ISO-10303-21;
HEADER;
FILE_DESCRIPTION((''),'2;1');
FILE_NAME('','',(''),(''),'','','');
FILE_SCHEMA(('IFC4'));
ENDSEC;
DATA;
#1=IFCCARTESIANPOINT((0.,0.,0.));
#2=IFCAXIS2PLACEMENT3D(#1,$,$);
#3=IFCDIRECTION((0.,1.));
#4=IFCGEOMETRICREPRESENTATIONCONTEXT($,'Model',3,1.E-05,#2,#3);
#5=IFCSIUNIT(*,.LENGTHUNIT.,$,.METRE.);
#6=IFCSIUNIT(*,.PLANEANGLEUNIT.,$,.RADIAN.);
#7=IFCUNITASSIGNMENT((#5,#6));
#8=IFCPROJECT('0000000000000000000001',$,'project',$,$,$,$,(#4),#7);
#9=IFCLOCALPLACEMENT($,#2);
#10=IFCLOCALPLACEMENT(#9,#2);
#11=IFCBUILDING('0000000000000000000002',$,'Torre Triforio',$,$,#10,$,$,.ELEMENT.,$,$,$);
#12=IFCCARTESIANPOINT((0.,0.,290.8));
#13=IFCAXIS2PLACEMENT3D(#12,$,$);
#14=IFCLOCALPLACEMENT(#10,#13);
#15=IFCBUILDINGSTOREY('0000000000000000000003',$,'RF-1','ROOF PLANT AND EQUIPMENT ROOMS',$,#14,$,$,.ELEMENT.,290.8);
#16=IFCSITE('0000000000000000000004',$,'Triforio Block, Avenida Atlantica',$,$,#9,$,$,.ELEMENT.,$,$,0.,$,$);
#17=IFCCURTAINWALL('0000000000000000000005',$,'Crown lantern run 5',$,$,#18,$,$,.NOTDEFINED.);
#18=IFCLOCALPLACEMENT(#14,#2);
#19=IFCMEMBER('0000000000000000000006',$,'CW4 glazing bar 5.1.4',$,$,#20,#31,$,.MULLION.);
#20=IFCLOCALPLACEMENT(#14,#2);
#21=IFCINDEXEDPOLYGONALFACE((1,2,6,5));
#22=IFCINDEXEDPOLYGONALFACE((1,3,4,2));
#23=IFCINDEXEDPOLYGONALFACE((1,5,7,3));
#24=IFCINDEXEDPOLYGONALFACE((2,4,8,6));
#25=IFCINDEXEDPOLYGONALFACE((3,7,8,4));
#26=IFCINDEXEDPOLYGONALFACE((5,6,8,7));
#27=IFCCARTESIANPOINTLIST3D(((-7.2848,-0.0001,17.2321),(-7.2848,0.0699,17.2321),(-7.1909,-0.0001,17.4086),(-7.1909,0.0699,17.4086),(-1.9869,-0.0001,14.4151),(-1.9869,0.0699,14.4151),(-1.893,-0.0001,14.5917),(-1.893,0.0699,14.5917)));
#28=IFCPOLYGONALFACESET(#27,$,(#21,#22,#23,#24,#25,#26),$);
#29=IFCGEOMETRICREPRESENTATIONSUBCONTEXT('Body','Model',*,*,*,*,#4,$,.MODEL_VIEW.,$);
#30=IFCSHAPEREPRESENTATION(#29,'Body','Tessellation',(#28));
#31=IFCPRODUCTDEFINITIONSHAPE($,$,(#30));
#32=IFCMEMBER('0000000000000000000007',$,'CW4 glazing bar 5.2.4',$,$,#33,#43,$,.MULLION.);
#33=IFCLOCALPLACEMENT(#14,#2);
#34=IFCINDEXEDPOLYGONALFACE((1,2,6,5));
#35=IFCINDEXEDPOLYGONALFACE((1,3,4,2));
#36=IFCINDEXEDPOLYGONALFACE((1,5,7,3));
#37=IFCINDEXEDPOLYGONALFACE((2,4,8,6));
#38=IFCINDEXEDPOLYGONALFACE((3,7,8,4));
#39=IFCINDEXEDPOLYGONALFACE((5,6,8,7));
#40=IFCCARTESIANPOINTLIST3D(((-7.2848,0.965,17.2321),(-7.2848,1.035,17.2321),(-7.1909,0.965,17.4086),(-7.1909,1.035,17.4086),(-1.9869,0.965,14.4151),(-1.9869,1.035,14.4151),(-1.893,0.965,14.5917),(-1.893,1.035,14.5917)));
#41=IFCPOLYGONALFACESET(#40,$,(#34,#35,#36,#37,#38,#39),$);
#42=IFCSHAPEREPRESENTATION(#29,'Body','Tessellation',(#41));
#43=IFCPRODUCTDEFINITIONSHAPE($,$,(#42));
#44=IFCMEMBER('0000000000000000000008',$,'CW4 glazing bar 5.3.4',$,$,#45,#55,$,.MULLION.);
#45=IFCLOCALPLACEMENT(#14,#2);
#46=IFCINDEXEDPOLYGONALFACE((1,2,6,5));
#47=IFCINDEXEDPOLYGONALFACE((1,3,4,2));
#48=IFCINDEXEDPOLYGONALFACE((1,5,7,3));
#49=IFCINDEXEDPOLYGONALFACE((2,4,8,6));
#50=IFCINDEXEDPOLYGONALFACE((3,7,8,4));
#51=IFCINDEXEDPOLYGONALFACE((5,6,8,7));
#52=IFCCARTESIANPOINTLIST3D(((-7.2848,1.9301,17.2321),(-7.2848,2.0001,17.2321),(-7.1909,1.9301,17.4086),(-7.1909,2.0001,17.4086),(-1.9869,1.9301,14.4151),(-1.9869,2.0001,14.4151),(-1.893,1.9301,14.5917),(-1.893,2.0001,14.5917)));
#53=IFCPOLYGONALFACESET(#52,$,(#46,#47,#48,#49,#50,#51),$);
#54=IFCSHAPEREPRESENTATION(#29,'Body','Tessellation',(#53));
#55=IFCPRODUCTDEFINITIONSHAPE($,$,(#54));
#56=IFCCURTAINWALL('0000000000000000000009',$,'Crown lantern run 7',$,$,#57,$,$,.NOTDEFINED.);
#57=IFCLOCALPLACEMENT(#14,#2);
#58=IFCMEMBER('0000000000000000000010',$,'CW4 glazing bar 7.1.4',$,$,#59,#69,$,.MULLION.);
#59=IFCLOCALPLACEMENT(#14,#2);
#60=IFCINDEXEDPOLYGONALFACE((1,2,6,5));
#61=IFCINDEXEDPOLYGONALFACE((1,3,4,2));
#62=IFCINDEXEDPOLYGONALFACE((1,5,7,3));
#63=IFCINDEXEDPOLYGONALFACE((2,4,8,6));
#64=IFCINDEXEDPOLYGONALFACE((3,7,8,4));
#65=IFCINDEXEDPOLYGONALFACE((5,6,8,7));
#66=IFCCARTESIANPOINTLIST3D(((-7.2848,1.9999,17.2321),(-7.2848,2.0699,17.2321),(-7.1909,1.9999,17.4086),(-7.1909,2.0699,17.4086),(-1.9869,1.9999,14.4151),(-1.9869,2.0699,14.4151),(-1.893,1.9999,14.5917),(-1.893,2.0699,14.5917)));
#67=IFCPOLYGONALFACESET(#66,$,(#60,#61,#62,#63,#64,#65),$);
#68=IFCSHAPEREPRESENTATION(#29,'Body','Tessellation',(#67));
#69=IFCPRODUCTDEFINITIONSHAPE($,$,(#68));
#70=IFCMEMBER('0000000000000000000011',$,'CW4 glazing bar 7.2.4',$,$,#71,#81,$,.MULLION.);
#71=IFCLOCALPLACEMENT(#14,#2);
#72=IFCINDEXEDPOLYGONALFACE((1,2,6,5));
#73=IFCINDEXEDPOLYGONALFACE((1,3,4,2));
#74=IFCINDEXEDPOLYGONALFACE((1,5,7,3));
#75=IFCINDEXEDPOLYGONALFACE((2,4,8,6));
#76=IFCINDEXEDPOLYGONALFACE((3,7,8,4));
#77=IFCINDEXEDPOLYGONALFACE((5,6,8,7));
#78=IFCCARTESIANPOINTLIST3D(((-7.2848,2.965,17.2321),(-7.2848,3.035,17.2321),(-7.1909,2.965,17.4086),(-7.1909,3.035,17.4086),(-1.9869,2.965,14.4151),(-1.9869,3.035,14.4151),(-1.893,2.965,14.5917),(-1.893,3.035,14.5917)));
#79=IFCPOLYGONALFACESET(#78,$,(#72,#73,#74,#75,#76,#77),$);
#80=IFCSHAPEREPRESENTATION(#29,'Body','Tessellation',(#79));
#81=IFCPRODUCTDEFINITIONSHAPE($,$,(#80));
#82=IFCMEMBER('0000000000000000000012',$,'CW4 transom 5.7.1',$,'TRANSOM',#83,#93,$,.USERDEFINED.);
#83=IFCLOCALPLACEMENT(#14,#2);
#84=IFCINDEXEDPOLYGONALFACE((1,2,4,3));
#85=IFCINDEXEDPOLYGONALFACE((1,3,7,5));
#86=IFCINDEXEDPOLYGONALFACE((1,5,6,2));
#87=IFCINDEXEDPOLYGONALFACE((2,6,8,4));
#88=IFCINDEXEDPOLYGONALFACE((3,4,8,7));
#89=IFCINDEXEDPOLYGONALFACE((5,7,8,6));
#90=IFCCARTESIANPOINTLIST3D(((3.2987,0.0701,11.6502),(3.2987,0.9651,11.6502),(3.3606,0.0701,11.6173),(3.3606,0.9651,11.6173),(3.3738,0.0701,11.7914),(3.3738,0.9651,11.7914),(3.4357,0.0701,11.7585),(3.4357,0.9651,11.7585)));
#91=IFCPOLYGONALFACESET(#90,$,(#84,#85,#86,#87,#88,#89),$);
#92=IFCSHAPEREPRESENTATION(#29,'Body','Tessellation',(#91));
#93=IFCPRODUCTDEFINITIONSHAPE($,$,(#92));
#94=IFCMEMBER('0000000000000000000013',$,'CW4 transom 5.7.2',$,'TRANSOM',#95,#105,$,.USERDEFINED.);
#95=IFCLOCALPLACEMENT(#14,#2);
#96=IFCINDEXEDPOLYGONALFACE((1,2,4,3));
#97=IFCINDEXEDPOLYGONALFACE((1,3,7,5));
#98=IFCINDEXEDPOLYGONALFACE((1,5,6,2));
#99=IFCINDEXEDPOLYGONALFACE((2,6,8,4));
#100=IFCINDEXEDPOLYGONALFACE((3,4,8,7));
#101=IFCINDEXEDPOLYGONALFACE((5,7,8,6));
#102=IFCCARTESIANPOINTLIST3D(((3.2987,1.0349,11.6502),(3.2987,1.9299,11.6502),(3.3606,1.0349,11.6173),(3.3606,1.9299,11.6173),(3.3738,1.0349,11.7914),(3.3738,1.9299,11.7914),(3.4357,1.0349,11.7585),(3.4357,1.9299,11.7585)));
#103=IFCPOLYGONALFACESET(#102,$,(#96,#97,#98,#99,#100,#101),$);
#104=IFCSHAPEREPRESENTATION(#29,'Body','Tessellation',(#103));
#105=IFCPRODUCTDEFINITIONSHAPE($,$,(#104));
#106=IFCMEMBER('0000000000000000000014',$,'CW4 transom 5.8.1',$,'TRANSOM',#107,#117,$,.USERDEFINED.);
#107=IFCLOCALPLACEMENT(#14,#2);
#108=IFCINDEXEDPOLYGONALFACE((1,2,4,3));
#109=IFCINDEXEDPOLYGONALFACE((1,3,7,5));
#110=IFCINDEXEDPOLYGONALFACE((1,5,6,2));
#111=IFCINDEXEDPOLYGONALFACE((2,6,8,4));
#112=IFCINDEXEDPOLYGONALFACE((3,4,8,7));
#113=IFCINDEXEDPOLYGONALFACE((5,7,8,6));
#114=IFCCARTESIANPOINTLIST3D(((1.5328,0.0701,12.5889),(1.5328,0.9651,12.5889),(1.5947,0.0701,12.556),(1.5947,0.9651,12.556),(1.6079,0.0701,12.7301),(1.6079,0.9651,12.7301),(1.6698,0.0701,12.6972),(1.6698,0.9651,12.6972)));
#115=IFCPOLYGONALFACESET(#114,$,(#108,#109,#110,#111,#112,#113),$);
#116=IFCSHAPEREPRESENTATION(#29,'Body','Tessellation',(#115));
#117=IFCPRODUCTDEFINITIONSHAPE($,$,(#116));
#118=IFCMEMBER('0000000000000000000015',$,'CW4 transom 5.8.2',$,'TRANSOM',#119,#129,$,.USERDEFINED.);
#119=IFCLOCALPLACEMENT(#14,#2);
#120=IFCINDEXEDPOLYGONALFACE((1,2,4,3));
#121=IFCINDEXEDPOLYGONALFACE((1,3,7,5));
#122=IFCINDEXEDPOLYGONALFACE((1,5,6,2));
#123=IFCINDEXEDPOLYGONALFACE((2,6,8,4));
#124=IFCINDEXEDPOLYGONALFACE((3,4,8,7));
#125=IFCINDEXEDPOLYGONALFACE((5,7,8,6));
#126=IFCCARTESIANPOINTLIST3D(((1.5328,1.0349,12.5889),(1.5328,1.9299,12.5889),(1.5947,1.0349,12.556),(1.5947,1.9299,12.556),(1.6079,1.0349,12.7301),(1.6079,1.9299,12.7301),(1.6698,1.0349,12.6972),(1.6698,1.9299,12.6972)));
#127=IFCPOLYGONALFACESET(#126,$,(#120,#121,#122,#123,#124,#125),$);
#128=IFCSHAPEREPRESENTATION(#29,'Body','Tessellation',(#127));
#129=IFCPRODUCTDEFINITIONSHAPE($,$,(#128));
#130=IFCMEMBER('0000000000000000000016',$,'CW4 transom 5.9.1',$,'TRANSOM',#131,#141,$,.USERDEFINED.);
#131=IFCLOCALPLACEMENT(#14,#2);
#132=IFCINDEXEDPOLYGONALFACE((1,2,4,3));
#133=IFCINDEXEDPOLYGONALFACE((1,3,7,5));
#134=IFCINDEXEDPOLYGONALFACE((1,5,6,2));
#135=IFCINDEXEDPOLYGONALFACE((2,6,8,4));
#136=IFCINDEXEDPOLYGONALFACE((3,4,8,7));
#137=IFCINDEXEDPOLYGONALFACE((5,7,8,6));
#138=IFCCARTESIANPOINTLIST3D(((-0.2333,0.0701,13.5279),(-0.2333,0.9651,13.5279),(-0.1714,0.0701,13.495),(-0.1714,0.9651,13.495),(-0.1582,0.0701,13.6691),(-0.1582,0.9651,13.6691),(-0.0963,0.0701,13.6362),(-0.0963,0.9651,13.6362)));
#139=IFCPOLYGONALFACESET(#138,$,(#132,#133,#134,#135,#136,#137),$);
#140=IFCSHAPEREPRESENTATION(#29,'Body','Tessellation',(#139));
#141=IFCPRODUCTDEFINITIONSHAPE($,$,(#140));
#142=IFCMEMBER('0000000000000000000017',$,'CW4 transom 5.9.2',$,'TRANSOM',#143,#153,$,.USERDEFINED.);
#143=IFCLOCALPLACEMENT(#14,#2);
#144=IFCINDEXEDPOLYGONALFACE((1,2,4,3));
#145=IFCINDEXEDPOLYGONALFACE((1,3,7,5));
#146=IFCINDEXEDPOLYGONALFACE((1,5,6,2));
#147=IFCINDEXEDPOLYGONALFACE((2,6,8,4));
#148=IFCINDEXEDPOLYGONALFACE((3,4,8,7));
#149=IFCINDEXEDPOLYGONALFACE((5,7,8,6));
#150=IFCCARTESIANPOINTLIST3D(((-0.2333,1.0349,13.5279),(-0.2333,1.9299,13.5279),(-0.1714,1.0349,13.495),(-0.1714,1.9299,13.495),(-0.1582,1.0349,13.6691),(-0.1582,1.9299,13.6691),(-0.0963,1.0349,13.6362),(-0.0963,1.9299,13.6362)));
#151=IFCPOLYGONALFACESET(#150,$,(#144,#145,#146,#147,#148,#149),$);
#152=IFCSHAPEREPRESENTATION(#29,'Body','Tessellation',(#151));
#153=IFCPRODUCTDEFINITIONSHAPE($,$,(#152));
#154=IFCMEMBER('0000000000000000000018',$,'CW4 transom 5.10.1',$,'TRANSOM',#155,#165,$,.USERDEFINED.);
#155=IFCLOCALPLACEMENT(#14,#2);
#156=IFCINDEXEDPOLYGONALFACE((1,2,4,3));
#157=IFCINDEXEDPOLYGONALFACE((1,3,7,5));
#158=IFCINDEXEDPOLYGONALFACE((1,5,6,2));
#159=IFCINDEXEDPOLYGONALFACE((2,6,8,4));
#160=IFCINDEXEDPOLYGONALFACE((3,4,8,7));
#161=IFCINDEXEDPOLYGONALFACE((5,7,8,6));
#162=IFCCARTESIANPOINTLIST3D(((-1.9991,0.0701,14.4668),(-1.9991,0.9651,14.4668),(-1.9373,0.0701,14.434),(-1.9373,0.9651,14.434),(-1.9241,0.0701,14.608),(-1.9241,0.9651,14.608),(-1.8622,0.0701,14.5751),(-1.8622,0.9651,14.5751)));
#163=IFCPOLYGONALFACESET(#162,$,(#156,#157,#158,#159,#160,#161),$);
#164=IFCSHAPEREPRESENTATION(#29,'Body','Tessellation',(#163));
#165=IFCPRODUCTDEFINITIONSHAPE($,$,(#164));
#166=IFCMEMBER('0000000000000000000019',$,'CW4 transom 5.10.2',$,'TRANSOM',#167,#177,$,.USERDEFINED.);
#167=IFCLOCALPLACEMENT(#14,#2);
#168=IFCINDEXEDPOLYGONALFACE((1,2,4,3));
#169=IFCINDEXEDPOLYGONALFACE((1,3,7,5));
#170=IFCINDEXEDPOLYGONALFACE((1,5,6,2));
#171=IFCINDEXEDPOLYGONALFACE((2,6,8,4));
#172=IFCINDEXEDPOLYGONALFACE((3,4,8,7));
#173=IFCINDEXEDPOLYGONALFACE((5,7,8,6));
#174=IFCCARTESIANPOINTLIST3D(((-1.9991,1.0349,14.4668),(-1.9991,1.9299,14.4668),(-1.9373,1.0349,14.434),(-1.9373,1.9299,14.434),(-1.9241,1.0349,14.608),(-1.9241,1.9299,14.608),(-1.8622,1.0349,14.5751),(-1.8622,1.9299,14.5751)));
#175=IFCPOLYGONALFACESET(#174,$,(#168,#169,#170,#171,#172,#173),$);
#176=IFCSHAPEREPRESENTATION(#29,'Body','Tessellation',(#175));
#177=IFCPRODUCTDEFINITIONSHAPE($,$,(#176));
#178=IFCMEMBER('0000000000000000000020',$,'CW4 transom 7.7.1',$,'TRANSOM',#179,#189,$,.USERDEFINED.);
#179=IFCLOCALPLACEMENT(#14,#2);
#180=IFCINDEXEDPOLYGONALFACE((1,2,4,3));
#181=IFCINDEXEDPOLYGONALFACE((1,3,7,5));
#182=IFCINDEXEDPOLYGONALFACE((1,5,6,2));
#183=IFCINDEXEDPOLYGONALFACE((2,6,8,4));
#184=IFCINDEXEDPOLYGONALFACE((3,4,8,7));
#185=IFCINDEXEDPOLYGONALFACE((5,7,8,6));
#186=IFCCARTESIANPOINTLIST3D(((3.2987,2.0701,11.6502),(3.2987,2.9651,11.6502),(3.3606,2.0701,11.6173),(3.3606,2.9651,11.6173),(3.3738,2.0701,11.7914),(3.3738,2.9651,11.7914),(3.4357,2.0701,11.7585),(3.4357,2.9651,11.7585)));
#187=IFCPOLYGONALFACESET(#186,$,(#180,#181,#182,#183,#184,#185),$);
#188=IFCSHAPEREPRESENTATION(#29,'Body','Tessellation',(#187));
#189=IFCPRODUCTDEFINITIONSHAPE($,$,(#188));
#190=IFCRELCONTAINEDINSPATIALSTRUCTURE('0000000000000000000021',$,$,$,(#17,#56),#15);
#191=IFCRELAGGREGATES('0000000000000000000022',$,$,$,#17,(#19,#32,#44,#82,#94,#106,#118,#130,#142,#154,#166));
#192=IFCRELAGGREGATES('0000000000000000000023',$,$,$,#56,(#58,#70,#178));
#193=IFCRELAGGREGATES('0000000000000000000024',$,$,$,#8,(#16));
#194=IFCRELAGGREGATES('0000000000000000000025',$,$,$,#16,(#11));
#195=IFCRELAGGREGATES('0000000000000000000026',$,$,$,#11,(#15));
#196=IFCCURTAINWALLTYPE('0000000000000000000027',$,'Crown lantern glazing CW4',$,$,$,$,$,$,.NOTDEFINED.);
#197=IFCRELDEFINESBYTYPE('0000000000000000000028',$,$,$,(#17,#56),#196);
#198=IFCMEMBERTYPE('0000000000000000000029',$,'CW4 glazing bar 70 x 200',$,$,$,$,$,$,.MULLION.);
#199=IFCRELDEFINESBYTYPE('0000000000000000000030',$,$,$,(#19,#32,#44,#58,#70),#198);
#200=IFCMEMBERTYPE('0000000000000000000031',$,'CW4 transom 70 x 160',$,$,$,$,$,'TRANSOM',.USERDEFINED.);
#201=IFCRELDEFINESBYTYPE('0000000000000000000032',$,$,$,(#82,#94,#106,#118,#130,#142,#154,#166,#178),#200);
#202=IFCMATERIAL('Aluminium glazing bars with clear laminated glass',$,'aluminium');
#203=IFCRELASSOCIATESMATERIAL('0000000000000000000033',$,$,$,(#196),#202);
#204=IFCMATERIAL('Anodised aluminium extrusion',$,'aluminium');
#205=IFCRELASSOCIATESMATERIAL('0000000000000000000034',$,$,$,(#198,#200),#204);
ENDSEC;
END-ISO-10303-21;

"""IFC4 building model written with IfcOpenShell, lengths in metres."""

from ifc_helpers import new_model, si_unit, direction, frame, origin, origin_2d, place, context, subcontext, project, spatial, rectangle, extrude, material, material_profile, profile_set, type_object, element, aggregate, save


model = new_model("IFC4")

# Units and contexts
model_context = context("Model", 3, precision=1e-05, world=origin(), true_north=direction((0.0, 1.0)))
body_context = subcontext(model_context, "Body", "Model", "MODEL_VIEW")
ifc_project = project(units=[si_unit("LENGTHUNIT", "METRE"), si_unit("PLANEANGLEUNIT", "RADIAN")], contexts=[model_context])

# Site, building, storey
site_placement = place(None, origin())
site = spatial("IfcSite", under=ifc_project, at=site_placement, Name="Triforio Block, Avenida Atlantica", CompositionType="ELEMENT", RefElevation=0.0)
building_placement = place(site_placement, origin())
building = spatial("IfcBuilding", under=site, at=building_placement, Name="Torre Triforio", CompositionType="ELEMENT")
storey_placement = place(building_placement, frame((0.0, 0.0, 290.8)))
storey = spatial("IfcBuildingStorey", under=building, at=storey_placement, Name="RF-1", Description="ROOF PLANT AND EQUIPMENT ROOMS", CompositionType="ELEMENT", Elevation=290.8)

# Curtain walls, members
ifc_material_1 = material(Name="Aluminium glazing bars with clear laminated glass", Category="aluminium")
curtain_wall_type = type_object("IfcCurtainWallType", Name="Crown lantern glazing CW4", PredefinedType="NOTDEFINED", material=ifc_material_1)
curtain_wall_1_placement = place(storey_placement, origin())
curtain_wall_1 = element("IfcCurtainWall", 1, at=curtain_wall_1_placement, inside=storey, type_object=curtain_wall_type, Name="Crown lantern run 5", PredefinedType="NOTDEFINED")
ifc_material_2 = material(Name="Anodised aluminium extrusion", Category="aluminium")
ifc_material_profile_1 = material_profile(ifc_material_2, rectangle(XDim=0.0701, YDim=0.2, at=origin_2d()), Name="CW4 MULLION 70x200")
ifc_profile_set_1 = profile_set([ifc_material_profile_1], Name="Anodised aluminium extrusion")
member_type_1 = type_object("IfcMemberType", Name="CW4 glazing bar 70 x 200", PredefinedType="MULLION", material=ifc_profile_set_1)
member_1_placement = place(storey_placement, frame((-1.9399, 0.0349, 14.5034), z_axis=(-0.882949, 0.0, 0.469469), x_axis=(0.0, -1.0, 0.0)))
member_1 = element("IfcMember", 2, at=member_1_placement, type_object=member_type_1, Name="CW4 glazing bar 5.1.4", PredefinedType="MULLION", context=body_context, shape_type="SweptSolid", body=[
    extrude(rectangle(XDim=0.0701, YDim=0.2, at=origin_2d()), origin(), (0.0, 0.0, 1.0), 6.0002),
])
member_2_placement = place(storey_placement, frame((-1.9399, 1.0, 14.5034), z_axis=(-0.882949, 0.0, 0.469469), x_axis=(0.0, -1.0, 0.0)))
member_2 = element("IfcMember", 3, at=member_2_placement, type_object=member_type_1, Name="CW4 glazing bar 5.2.4", PredefinedType="MULLION", context=body_context, shape_type="SweptSolid", body=[
    extrude(rectangle(XDim=0.0701, YDim=0.2, at=origin_2d()), origin(), (0.0, 0.0, 1.0), 6.0002),
])
member_3_placement = place(storey_placement, frame((-1.9399, 1.9651, 14.5034), z_axis=(-0.882949, 0.0, 0.469469), x_axis=(0.0, -1.0, 0.0)))
member_3 = element("IfcMember", 4, at=member_3_placement, type_object=member_type_1, Name="CW4 glazing bar 5.3.4", PredefinedType="MULLION", context=body_context, shape_type="SweptSolid", body=[
    extrude(rectangle(XDim=0.0701, YDim=0.2, at=origin_2d()), origin(), (0.0, 0.0, 1.0), 6.0002),
])
curtain_wall_2_placement = place(storey_placement, origin())
curtain_wall_2 = element("IfcCurtainWall", 5, at=curtain_wall_2_placement, inside=storey, type_object=curtain_wall_type, Name="Crown lantern run 7", PredefinedType="NOTDEFINED")
member_4_placement = place(storey_placement, frame((-1.9399, 2.0349, 14.5034), z_axis=(-0.882949, 0.0, 0.469469), x_axis=(0.0, -1.0, 0.0)))
member_4 = element("IfcMember", 6, at=member_4_placement, type_object=member_type_1, Name="CW4 glazing bar 7.1.4", PredefinedType="MULLION", context=body_context, shape_type="SweptSolid", body=[
    extrude(rectangle(XDim=0.0701, YDim=0.2, at=origin_2d()), origin(), (0.0, 0.0, 1.0), 6.0002),
])
member_5_placement = place(storey_placement, frame((-1.9399, 3.0, 14.5034), z_axis=(-0.882949, 0.0, 0.469469), x_axis=(0.0, -1.0, 0.0)))
member_5 = element("IfcMember", 7, at=member_5_placement, type_object=member_type_1, Name="CW4 glazing bar 7.2.4", PredefinedType="MULLION", context=body_context, shape_type="SweptSolid", body=[
    extrude(rectangle(XDim=0.0701, YDim=0.2, at=origin_2d()), origin(), (0.0, 0.0, 1.0), 6.0002),
])

# Members
ifc_material_profile_2 = material_profile(ifc_material_2, rectangle(XDim=0.0701, YDim=0.1599, at=origin_2d()), Name="CW4 TRANSOM 70x160")
ifc_profile_set_2 = profile_set([ifc_material_profile_2], Name="Anodised aluminium extrusion")
member_type_2 = type_object("IfcMemberType", Name="CW4 transom 70 x 160", ElementType="TRANSOM", PredefinedType="USERDEFINED", material=ifc_profile_set_2)
member_6_placement = place(storey_placement, frame((3.3672, 0.0701, 11.7043), z_axis=(0.0, 1.0, 0.0), x_axis=(-0.882948, 0.0, 0.469472)))
member_6 = element("IfcMember", 8, at=member_6_placement, type_object=member_type_2, Name="CW4 transom 5.7.1", ObjectType="TRANSOM", PredefinedType="USERDEFINED", context=body_context, shape_type="SweptSolid", body=[
    extrude(rectangle(XDim=0.0701, YDim=0.1599, at=origin_2d()), origin(), (0.0, 0.0, 1.0), 0.895),
])
member_7_placement = place(storey_placement, frame((3.3672, 1.0349, 11.7043), z_axis=(0.0, 1.0, 0.0), x_axis=(-0.882948, 0.0, 0.469472)))
member_7 = element("IfcMember", 9, at=member_7_placement, type_object=member_type_2, Name="CW4 transom 5.7.2", ObjectType="TRANSOM", PredefinedType="USERDEFINED", context=body_context, shape_type="SweptSolid", body=[
    extrude(rectangle(XDim=0.0701, YDim=0.1599, at=origin_2d()), origin(), (0.0, 0.0, 1.0), 0.895),
])
member_8_placement = place(storey_placement, frame((1.6013, 0.0701, 12.6431), z_axis=(0.0, 1.0, 0.0), x_axis=(-0.882948, 0.0, 0.469472)))
member_8 = element("IfcMember", 10, at=member_8_placement, type_object=member_type_2, Name="CW4 transom 5.8.1", ObjectType="TRANSOM", PredefinedType="USERDEFINED", context=body_context, shape_type="SweptSolid", body=[
    extrude(rectangle(XDim=0.0701, YDim=0.1599, at=origin_2d()), origin(), (0.0, 0.0, 1.0), 0.895),
])
member_9_placement = place(storey_placement, frame((1.6013, 1.0349, 12.6431), z_axis=(0.0, 1.0, 0.0), x_axis=(-0.882948, 0.0, 0.469472)))
member_9 = element("IfcMember", 11, at=member_9_placement, type_object=member_type_2, Name="CW4 transom 5.8.2", ObjectType="TRANSOM", PredefinedType="USERDEFINED", context=body_context, shape_type="SweptSolid", body=[
    extrude(rectangle(XDim=0.0701, YDim=0.1599, at=origin_2d()), origin(), (0.0, 0.0, 1.0), 0.895),
])
member_10_placement = place(storey_placement, frame((-0.1648, 0.0701, 13.582), z_axis=(0.0, 1.0, 0.0), x_axis=(-0.882948, 0.0, 0.469472)))
member_10 = element("IfcMember", 12, at=member_10_placement, type_object=member_type_2, Name="CW4 transom 5.9.1", ObjectType="TRANSOM", PredefinedType="USERDEFINED", context=body_context, shape_type="SweptSolid", body=[
    extrude(rectangle(XDim=0.0701, YDim=0.1599, at=origin_2d()), origin(), (0.0, 0.0, 1.0), 0.895),
])
member_11_placement = place(storey_placement, frame((-0.1648, 1.0349, 13.582), z_axis=(0.0, 1.0, 0.0), x_axis=(-0.882948, 0.0, 0.469472)))
member_11 = element("IfcMember", 13, at=member_11_placement, type_object=member_type_2, Name="CW4 transom 5.9.2", ObjectType="TRANSOM", PredefinedType="USERDEFINED", context=body_context, shape_type="SweptSolid", body=[
    extrude(rectangle(XDim=0.0701, YDim=0.1599, at=origin_2d()), origin(), (0.0, 0.0, 1.0), 0.895),
])
member_12_placement = place(storey_placement, frame((-1.9307, 0.0701, 14.521), z_axis=(0.0, 1.0, 0.0), x_axis=(-0.882948, 0.0, 0.469472)))
member_12 = element("IfcMember", 14, at=member_12_placement, type_object=member_type_2, Name="CW4 transom 5.10.1", ObjectType="TRANSOM", PredefinedType="USERDEFINED", context=body_context, shape_type="SweptSolid", body=[
    extrude(rectangle(XDim=0.0701, YDim=0.1599, at=origin_2d()), origin(), (0.0, 0.0, 1.0), 0.895),
])
member_13_placement = place(storey_placement, frame((-1.9307, 1.0349, 14.521), z_axis=(0.0, 1.0, 0.0), x_axis=(-0.882948, 0.0, 0.469472)))
member_13 = element("IfcMember", 15, at=member_13_placement, type_object=member_type_2, Name="CW4 transom 5.10.2", ObjectType="TRANSOM", PredefinedType="USERDEFINED", context=body_context, shape_type="SweptSolid", body=[
    extrude(rectangle(XDim=0.0701, YDim=0.1599, at=origin_2d()), origin(), (0.0, 0.0, 1.0), 0.895),
])
member_14_placement = place(storey_placement, frame((3.3672, 2.0701, 11.7043), z_axis=(0.0, 1.0, 0.0), x_axis=(-0.882948, 0.0, 0.469472)))
member_14 = element("IfcMember", 16, at=member_14_placement, type_object=member_type_2, Name="CW4 transom 7.7.1", ObjectType="TRANSOM", PredefinedType="USERDEFINED", context=body_context, shape_type="SweptSolid", body=[
    extrude(rectangle(XDim=0.0701, YDim=0.1599, at=origin_2d()), origin(), (0.0, 0.0, 1.0), 0.895),
])

aggregate(curtain_wall_1, [member_1, member_2, member_3, member_6, member_7, member_8, member_9, member_10, member_11, member_12, member_13])
aggregate(curtain_wall_2, [member_4, member_5, member_14])

save(model, "model.ifc")
